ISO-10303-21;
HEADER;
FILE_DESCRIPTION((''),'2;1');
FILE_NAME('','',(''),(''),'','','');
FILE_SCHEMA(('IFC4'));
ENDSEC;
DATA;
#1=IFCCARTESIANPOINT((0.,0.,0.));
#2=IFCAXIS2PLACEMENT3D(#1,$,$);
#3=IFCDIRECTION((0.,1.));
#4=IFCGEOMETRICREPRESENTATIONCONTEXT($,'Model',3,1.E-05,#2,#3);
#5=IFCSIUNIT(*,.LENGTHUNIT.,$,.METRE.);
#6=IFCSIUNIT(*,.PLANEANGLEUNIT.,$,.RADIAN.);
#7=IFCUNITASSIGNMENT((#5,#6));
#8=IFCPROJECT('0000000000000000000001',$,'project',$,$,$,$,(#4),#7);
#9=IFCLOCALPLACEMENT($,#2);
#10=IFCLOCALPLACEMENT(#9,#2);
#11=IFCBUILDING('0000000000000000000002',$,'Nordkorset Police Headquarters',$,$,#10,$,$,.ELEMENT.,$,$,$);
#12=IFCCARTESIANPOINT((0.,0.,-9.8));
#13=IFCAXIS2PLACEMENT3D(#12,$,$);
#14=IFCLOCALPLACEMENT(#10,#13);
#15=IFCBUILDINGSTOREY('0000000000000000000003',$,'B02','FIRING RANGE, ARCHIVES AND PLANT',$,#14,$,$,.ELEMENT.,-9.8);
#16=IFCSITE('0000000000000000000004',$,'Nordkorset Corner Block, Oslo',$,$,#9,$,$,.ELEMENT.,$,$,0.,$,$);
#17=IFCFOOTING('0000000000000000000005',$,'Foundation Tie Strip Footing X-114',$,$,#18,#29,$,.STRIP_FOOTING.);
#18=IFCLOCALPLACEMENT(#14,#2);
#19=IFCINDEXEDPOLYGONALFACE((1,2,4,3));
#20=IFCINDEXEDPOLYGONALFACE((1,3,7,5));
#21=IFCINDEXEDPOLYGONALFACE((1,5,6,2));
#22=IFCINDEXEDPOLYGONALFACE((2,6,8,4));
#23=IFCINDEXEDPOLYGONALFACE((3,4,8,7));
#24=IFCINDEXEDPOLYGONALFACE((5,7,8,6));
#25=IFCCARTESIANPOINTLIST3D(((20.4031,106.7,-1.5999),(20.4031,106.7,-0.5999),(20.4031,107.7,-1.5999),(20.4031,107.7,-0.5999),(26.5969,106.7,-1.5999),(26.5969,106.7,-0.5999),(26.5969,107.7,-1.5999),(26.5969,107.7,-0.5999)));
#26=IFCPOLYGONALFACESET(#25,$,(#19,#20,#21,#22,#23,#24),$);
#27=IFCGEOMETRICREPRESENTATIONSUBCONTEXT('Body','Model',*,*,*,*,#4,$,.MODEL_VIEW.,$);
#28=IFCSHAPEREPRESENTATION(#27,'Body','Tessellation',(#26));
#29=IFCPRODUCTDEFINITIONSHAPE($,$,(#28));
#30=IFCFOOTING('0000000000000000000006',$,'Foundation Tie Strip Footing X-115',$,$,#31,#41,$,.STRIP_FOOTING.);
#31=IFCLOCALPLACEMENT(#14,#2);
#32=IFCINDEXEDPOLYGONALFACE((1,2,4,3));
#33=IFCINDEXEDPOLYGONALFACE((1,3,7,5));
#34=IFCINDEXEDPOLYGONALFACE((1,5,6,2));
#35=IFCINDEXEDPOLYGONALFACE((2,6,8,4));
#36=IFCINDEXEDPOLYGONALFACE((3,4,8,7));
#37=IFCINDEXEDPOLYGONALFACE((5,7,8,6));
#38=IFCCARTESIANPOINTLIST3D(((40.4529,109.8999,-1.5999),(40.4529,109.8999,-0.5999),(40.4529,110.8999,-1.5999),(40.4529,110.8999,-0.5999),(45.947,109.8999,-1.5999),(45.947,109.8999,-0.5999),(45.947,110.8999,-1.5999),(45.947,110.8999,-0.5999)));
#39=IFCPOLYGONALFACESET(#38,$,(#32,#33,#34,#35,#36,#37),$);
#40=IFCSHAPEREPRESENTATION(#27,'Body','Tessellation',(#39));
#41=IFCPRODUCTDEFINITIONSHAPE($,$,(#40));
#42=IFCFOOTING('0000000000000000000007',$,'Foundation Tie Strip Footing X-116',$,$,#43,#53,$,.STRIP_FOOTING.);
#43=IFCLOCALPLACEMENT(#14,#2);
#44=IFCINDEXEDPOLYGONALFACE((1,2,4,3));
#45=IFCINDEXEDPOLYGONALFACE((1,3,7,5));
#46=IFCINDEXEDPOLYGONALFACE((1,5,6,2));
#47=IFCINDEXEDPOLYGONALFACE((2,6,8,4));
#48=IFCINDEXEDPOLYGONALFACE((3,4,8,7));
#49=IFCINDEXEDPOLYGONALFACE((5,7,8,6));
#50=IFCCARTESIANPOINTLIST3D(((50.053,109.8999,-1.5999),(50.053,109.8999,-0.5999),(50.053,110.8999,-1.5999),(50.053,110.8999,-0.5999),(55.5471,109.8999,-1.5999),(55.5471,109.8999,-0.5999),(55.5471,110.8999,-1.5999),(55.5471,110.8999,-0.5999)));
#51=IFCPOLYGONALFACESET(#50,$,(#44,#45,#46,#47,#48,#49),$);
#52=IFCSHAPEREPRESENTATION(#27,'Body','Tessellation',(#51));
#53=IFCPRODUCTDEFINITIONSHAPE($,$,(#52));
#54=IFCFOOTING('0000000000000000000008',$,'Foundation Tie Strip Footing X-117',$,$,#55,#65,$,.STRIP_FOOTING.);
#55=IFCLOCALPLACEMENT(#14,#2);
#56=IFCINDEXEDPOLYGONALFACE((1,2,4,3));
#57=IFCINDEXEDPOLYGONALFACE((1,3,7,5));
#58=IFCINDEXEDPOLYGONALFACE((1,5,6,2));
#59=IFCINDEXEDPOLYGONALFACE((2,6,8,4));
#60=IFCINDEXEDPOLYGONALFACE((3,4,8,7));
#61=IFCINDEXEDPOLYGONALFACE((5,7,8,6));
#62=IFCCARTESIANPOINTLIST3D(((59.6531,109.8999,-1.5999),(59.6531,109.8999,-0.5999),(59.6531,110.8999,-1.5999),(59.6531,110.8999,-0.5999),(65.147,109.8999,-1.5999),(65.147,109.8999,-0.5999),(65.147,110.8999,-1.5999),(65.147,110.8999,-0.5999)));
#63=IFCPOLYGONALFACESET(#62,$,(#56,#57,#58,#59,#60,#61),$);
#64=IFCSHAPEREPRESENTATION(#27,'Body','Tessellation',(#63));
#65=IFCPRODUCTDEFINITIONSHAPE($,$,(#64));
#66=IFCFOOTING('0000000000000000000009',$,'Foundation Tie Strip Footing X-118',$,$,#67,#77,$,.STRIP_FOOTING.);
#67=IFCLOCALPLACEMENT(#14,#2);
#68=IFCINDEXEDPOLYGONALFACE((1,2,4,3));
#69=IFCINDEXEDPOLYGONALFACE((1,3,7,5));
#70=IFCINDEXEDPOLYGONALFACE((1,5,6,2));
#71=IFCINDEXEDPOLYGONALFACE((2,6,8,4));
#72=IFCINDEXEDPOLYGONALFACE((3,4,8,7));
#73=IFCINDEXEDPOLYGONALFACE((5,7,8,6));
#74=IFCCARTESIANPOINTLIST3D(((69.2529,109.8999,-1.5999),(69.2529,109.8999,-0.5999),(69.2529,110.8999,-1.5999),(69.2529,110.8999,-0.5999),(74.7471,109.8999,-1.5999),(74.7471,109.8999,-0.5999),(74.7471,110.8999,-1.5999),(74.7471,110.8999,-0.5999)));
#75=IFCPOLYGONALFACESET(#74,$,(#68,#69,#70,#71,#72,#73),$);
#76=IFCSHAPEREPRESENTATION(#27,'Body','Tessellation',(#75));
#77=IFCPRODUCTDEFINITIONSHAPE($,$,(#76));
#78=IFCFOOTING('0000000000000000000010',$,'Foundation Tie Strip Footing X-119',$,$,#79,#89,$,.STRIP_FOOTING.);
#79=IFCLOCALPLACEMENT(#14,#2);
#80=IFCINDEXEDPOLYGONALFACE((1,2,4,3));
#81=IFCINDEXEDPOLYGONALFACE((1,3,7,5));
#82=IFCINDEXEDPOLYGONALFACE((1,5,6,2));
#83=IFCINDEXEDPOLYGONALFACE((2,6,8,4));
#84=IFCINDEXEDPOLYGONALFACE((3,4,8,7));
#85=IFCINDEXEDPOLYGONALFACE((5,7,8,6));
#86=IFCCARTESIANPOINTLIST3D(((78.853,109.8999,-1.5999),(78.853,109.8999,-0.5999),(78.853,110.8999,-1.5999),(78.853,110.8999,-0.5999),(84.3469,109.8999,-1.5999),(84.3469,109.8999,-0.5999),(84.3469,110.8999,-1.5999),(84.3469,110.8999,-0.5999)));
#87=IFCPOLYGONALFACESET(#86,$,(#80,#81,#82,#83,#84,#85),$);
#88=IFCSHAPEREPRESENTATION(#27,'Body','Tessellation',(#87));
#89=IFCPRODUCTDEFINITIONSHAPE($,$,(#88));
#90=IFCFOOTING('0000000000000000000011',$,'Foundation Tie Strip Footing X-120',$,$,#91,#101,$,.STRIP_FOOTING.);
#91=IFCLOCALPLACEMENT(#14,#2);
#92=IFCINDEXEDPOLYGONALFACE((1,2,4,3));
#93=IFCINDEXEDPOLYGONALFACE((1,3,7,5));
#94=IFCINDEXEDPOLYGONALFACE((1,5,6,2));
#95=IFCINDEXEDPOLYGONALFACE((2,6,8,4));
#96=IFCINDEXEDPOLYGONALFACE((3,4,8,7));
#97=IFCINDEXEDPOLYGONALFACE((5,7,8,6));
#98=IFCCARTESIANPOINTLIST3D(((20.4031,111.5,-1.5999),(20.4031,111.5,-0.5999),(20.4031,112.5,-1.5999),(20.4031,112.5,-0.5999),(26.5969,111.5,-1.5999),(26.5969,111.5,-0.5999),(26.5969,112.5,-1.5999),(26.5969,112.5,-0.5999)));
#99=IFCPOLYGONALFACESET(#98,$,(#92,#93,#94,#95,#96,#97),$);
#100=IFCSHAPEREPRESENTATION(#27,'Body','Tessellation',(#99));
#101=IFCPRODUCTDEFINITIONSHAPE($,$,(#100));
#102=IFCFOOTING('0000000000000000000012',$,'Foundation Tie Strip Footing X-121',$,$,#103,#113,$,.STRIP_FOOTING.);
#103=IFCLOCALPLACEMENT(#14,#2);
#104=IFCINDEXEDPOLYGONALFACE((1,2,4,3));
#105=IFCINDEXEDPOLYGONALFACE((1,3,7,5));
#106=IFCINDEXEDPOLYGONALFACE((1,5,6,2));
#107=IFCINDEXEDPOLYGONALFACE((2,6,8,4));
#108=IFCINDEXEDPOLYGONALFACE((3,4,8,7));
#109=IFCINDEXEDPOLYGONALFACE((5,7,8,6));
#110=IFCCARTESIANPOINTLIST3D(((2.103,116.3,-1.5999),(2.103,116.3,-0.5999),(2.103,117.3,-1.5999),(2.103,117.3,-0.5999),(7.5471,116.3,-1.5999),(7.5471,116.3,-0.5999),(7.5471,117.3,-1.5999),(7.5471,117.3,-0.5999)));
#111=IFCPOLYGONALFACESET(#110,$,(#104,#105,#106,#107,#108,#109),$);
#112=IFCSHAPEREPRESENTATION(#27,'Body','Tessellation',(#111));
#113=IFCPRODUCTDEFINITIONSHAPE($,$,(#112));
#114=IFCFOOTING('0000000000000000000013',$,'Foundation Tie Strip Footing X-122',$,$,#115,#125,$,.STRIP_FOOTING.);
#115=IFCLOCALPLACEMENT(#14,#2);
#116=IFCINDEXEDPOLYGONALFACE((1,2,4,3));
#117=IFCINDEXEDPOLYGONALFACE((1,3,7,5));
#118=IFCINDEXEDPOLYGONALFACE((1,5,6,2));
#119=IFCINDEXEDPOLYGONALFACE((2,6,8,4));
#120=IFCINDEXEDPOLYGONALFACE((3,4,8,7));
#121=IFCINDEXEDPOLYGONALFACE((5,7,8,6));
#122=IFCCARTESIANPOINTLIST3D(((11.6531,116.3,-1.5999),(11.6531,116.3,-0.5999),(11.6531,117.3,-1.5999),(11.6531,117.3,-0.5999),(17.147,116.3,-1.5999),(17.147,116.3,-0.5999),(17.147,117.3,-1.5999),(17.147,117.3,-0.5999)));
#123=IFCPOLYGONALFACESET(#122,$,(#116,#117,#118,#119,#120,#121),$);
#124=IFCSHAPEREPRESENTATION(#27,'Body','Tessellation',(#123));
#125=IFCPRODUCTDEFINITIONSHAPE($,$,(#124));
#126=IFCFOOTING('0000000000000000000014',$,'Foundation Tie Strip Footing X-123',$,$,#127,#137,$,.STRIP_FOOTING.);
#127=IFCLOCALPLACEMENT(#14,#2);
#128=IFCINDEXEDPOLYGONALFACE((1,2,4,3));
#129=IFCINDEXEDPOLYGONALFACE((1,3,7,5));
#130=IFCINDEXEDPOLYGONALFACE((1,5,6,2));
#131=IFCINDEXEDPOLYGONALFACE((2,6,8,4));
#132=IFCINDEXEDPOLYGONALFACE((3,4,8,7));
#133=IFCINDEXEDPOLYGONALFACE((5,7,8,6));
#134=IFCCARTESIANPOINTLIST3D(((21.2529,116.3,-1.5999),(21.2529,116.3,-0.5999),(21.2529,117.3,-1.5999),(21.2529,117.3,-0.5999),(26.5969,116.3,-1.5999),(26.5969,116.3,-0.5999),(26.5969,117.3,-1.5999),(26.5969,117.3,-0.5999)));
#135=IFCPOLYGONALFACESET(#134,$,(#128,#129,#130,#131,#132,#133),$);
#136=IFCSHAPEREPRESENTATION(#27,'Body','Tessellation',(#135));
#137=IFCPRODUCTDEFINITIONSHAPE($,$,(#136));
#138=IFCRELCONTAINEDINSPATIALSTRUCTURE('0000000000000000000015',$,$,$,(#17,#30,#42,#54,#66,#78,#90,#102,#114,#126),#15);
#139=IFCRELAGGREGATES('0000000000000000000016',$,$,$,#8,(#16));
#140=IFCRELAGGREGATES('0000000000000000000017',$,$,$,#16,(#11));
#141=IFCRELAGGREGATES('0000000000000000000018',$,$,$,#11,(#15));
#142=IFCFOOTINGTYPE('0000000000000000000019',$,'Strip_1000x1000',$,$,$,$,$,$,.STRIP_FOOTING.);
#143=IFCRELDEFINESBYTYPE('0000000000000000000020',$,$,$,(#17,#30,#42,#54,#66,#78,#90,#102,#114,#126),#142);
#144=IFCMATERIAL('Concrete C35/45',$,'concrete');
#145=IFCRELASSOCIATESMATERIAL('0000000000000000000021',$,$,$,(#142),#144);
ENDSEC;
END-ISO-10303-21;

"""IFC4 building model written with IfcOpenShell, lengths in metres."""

from ifc_helpers import new_model, si_unit, direction, frame, origin, place, context, subcontext, project, spatial, polyline, outline, extrude, material, type_object, element, save


model = new_model("IFC4")

# Units and contexts
model_context = context("Model", 3, precision=1e-05, world=origin(), true_north=direction((0.0, 1.0)))
body_context = subcontext(model_context, "Body", "Model", "MODEL_VIEW")
ifc_project = project(units=[si_unit("LENGTHUNIT", "METRE"), si_unit("PLANEANGLEUNIT", "RADIAN")], contexts=[model_context])

# Site, building, storey
site_placement = place(None, origin())
site = spatial("IfcSite", under=ifc_project, at=site_placement, Name="Nordkorset Corner Block, Oslo", CompositionType="ELEMENT", RefElevation=0.0)
building_placement = place(site_placement, origin())
building = spatial("IfcBuilding", under=site, at=building_placement, Name="Nordkorset Police Headquarters", CompositionType="ELEMENT")
storey_placement = place(building_placement, frame((0.0, 0.0, -9.8)))
storey = spatial("IfcBuildingStorey", under=building, at=storey_placement, Name="B02", Description="FIRING RANGE, ARCHIVES AND PLANT", CompositionType="ELEMENT", Elevation=-9.8)

# Footings
ifc_material = material(Name="Concrete C35/45", Category="concrete")
footing_type = type_object("IfcFootingType", Name="Strip_1000x1000", PredefinedType="STRIP_FOOTING", material=ifc_material)
footing_1_placement = place(storey_placement, frame((0.0, 0.0, -1.5999)))
element("IfcFooting", 1, at=footing_1_placement, inside=storey, type_object=footing_type, Name="Foundation Tie Strip Footing X-114", PredefinedType="STRIP_FOOTING", context=body_context, shape_type="SweptSolid", body=[
    extrude(outline(polyline([(20.4031, 106.7), (26.5969, 106.7), (26.5969, 107.7), (20.4031, 107.7), (20.4031, 106.7)])), origin(), (0.0, 0.0, 1.0), 1.0),
])
footing_2_placement = place(storey_placement, frame((0.0, 0.0, -1.5999)))
element("IfcFooting", 2, at=footing_2_placement, inside=storey, type_object=footing_type, Name="Foundation Tie Strip Footing X-115", PredefinedType="STRIP_FOOTING", context=body_context, shape_type="SweptSolid", body=[
    extrude(outline(polyline([(40.4529, 109.8999), (45.947, 109.8999), (45.947, 110.8999), (40.4529, 110.8999), (40.4529, 109.8999)])), origin(), (0.0, 0.0, 1.0), 1.0),
])
footing_3_placement = place(storey_placement, frame((0.0, 0.0, -1.5999)))
element("IfcFooting", 3, at=footing_3_placement, inside=storey, type_object=footing_type, Name="Foundation Tie Strip Footing X-116", PredefinedType="STRIP_FOOTING", context=body_context, shape_type="SweptSolid", body=[
    extrude(outline(polyline([(50.053, 109.8999), (55.5471, 109.8999), (55.5471, 110.8999), (50.053, 110.8999), (50.053, 109.8999)])), origin(), (0.0, 0.0, 1.0), 1.0),
])
footing_4_placement = place(storey_placement, frame((0.0, 0.0, -1.5999)))
element("IfcFooting", 4, at=footing_4_placement, inside=storey, type_object=footing_type, Name="Foundation Tie Strip Footing X-117", PredefinedType="STRIP_FOOTING", context=body_context, shape_type="SweptSolid", body=[
    extrude(outline(polyline([(59.6531, 109.8999), (65.147, 109.8999), (65.147, 110.8999), (59.6531, 110.8999), (59.6531, 109.8999)])), origin(), (0.0, 0.0, 1.0), 1.0),
])
footing_5_placement = place(storey_placement, frame((0.0, 0.0, -1.5999)))
element("IfcFooting", 5, at=footing_5_placement, inside=storey, type_object=footing_type, Name="Foundation Tie Strip Footing X-118", PredefinedType="STRIP_FOOTING", context=body_context, shape_type="SweptSolid", body=[
    extrude(outline(polyline([(69.2529, 109.8999), (74.7471, 109.8999), (74.7471, 110.8999), (69.2529, 110.8999), (69.2529, 109.8999)])), origin(), (0.0, 0.0, 1.0), 1.0),
])
footing_6_placement = place(storey_placement, frame((0.0, 0.0, -1.5999)))
element("IfcFooting", 6, at=footing_6_placement, inside=storey, type_object=footing_type, Name="Foundation Tie Strip Footing X-119", PredefinedType="STRIP_FOOTING", context=body_context, shape_type="SweptSolid", body=[
    extrude(outline(polyline([(78.853, 109.8999), (84.3469, 109.8999), (84.3469, 110.8999), (78.853, 110.8999), (78.853, 109.8999)])), origin(), (0.0, 0.0, 1.0), 1.0),
])
footing_7_placement = place(storey_placement, frame((0.0, 0.0, -1.5999)))
element("IfcFooting", 7, at=footing_7_placement, inside=storey, type_object=footing_type, Name="Foundation Tie Strip Footing X-120", PredefinedType="STRIP_FOOTING", context=body_context, shape_type="SweptSolid", body=[
    extrude(outline(polyline([(20.4031, 111.5), (26.5969, 111.5), (26.5969, 112.5), (20.4031, 112.5), (20.4031, 111.5)])), origin(), (0.0, 0.0, 1.0), 1.0),
])
footing_8_placement = place(storey_placement, frame((0.0, 0.0, -1.5999)))
element("IfcFooting", 8, at=footing_8_placement, inside=storey, type_object=footing_type, Name="Foundation Tie Strip Footing X-121", PredefinedType="STRIP_FOOTING", context=body_context, shape_type="SweptSolid", body=[
    extrude(outline(polyline([(2.103, 116.3), (7.5471, 116.3), (7.5471, 117.3), (2.103, 117.3), (2.103, 116.3)])), origin(), (0.0, 0.0, 1.0), 1.0),
])
footing_9_placement = place(storey_placement, frame((0.0, 0.0, -1.5999)))
element("IfcFooting", 9, at=footing_9_placement, inside=storey, type_object=footing_type, Name="Foundation Tie Strip Footing X-122", PredefinedType="STRIP_FOOTING", context=body_context, shape_type="SweptSolid", body=[
    extrude(outline(polyline([(11.6531, 116.3), (17.147, 116.3), (17.147, 117.3), (11.6531, 117.3), (11.6531, 116.3)])), origin(), (0.0, 0.0, 1.0), 1.0),
])
footing_10_placement = place(storey_placement, frame((0.0, 0.0, -1.5999)))
element("IfcFooting", 10, at=footing_10_placement, inside=storey, type_object=footing_type, Name="Foundation Tie Strip Footing X-123", PredefinedType="STRIP_FOOTING", context=body_context, shape_type="SweptSolid", body=[
    extrude(outline(polyline([(21.2529, 116.3), (26.5969, 116.3), (26.5969, 117.3), (21.2529, 117.3), (21.2529, 116.3)])), origin(), (0.0, 0.0, 1.0), 1.0),
])

save(model, "model.ifc")
